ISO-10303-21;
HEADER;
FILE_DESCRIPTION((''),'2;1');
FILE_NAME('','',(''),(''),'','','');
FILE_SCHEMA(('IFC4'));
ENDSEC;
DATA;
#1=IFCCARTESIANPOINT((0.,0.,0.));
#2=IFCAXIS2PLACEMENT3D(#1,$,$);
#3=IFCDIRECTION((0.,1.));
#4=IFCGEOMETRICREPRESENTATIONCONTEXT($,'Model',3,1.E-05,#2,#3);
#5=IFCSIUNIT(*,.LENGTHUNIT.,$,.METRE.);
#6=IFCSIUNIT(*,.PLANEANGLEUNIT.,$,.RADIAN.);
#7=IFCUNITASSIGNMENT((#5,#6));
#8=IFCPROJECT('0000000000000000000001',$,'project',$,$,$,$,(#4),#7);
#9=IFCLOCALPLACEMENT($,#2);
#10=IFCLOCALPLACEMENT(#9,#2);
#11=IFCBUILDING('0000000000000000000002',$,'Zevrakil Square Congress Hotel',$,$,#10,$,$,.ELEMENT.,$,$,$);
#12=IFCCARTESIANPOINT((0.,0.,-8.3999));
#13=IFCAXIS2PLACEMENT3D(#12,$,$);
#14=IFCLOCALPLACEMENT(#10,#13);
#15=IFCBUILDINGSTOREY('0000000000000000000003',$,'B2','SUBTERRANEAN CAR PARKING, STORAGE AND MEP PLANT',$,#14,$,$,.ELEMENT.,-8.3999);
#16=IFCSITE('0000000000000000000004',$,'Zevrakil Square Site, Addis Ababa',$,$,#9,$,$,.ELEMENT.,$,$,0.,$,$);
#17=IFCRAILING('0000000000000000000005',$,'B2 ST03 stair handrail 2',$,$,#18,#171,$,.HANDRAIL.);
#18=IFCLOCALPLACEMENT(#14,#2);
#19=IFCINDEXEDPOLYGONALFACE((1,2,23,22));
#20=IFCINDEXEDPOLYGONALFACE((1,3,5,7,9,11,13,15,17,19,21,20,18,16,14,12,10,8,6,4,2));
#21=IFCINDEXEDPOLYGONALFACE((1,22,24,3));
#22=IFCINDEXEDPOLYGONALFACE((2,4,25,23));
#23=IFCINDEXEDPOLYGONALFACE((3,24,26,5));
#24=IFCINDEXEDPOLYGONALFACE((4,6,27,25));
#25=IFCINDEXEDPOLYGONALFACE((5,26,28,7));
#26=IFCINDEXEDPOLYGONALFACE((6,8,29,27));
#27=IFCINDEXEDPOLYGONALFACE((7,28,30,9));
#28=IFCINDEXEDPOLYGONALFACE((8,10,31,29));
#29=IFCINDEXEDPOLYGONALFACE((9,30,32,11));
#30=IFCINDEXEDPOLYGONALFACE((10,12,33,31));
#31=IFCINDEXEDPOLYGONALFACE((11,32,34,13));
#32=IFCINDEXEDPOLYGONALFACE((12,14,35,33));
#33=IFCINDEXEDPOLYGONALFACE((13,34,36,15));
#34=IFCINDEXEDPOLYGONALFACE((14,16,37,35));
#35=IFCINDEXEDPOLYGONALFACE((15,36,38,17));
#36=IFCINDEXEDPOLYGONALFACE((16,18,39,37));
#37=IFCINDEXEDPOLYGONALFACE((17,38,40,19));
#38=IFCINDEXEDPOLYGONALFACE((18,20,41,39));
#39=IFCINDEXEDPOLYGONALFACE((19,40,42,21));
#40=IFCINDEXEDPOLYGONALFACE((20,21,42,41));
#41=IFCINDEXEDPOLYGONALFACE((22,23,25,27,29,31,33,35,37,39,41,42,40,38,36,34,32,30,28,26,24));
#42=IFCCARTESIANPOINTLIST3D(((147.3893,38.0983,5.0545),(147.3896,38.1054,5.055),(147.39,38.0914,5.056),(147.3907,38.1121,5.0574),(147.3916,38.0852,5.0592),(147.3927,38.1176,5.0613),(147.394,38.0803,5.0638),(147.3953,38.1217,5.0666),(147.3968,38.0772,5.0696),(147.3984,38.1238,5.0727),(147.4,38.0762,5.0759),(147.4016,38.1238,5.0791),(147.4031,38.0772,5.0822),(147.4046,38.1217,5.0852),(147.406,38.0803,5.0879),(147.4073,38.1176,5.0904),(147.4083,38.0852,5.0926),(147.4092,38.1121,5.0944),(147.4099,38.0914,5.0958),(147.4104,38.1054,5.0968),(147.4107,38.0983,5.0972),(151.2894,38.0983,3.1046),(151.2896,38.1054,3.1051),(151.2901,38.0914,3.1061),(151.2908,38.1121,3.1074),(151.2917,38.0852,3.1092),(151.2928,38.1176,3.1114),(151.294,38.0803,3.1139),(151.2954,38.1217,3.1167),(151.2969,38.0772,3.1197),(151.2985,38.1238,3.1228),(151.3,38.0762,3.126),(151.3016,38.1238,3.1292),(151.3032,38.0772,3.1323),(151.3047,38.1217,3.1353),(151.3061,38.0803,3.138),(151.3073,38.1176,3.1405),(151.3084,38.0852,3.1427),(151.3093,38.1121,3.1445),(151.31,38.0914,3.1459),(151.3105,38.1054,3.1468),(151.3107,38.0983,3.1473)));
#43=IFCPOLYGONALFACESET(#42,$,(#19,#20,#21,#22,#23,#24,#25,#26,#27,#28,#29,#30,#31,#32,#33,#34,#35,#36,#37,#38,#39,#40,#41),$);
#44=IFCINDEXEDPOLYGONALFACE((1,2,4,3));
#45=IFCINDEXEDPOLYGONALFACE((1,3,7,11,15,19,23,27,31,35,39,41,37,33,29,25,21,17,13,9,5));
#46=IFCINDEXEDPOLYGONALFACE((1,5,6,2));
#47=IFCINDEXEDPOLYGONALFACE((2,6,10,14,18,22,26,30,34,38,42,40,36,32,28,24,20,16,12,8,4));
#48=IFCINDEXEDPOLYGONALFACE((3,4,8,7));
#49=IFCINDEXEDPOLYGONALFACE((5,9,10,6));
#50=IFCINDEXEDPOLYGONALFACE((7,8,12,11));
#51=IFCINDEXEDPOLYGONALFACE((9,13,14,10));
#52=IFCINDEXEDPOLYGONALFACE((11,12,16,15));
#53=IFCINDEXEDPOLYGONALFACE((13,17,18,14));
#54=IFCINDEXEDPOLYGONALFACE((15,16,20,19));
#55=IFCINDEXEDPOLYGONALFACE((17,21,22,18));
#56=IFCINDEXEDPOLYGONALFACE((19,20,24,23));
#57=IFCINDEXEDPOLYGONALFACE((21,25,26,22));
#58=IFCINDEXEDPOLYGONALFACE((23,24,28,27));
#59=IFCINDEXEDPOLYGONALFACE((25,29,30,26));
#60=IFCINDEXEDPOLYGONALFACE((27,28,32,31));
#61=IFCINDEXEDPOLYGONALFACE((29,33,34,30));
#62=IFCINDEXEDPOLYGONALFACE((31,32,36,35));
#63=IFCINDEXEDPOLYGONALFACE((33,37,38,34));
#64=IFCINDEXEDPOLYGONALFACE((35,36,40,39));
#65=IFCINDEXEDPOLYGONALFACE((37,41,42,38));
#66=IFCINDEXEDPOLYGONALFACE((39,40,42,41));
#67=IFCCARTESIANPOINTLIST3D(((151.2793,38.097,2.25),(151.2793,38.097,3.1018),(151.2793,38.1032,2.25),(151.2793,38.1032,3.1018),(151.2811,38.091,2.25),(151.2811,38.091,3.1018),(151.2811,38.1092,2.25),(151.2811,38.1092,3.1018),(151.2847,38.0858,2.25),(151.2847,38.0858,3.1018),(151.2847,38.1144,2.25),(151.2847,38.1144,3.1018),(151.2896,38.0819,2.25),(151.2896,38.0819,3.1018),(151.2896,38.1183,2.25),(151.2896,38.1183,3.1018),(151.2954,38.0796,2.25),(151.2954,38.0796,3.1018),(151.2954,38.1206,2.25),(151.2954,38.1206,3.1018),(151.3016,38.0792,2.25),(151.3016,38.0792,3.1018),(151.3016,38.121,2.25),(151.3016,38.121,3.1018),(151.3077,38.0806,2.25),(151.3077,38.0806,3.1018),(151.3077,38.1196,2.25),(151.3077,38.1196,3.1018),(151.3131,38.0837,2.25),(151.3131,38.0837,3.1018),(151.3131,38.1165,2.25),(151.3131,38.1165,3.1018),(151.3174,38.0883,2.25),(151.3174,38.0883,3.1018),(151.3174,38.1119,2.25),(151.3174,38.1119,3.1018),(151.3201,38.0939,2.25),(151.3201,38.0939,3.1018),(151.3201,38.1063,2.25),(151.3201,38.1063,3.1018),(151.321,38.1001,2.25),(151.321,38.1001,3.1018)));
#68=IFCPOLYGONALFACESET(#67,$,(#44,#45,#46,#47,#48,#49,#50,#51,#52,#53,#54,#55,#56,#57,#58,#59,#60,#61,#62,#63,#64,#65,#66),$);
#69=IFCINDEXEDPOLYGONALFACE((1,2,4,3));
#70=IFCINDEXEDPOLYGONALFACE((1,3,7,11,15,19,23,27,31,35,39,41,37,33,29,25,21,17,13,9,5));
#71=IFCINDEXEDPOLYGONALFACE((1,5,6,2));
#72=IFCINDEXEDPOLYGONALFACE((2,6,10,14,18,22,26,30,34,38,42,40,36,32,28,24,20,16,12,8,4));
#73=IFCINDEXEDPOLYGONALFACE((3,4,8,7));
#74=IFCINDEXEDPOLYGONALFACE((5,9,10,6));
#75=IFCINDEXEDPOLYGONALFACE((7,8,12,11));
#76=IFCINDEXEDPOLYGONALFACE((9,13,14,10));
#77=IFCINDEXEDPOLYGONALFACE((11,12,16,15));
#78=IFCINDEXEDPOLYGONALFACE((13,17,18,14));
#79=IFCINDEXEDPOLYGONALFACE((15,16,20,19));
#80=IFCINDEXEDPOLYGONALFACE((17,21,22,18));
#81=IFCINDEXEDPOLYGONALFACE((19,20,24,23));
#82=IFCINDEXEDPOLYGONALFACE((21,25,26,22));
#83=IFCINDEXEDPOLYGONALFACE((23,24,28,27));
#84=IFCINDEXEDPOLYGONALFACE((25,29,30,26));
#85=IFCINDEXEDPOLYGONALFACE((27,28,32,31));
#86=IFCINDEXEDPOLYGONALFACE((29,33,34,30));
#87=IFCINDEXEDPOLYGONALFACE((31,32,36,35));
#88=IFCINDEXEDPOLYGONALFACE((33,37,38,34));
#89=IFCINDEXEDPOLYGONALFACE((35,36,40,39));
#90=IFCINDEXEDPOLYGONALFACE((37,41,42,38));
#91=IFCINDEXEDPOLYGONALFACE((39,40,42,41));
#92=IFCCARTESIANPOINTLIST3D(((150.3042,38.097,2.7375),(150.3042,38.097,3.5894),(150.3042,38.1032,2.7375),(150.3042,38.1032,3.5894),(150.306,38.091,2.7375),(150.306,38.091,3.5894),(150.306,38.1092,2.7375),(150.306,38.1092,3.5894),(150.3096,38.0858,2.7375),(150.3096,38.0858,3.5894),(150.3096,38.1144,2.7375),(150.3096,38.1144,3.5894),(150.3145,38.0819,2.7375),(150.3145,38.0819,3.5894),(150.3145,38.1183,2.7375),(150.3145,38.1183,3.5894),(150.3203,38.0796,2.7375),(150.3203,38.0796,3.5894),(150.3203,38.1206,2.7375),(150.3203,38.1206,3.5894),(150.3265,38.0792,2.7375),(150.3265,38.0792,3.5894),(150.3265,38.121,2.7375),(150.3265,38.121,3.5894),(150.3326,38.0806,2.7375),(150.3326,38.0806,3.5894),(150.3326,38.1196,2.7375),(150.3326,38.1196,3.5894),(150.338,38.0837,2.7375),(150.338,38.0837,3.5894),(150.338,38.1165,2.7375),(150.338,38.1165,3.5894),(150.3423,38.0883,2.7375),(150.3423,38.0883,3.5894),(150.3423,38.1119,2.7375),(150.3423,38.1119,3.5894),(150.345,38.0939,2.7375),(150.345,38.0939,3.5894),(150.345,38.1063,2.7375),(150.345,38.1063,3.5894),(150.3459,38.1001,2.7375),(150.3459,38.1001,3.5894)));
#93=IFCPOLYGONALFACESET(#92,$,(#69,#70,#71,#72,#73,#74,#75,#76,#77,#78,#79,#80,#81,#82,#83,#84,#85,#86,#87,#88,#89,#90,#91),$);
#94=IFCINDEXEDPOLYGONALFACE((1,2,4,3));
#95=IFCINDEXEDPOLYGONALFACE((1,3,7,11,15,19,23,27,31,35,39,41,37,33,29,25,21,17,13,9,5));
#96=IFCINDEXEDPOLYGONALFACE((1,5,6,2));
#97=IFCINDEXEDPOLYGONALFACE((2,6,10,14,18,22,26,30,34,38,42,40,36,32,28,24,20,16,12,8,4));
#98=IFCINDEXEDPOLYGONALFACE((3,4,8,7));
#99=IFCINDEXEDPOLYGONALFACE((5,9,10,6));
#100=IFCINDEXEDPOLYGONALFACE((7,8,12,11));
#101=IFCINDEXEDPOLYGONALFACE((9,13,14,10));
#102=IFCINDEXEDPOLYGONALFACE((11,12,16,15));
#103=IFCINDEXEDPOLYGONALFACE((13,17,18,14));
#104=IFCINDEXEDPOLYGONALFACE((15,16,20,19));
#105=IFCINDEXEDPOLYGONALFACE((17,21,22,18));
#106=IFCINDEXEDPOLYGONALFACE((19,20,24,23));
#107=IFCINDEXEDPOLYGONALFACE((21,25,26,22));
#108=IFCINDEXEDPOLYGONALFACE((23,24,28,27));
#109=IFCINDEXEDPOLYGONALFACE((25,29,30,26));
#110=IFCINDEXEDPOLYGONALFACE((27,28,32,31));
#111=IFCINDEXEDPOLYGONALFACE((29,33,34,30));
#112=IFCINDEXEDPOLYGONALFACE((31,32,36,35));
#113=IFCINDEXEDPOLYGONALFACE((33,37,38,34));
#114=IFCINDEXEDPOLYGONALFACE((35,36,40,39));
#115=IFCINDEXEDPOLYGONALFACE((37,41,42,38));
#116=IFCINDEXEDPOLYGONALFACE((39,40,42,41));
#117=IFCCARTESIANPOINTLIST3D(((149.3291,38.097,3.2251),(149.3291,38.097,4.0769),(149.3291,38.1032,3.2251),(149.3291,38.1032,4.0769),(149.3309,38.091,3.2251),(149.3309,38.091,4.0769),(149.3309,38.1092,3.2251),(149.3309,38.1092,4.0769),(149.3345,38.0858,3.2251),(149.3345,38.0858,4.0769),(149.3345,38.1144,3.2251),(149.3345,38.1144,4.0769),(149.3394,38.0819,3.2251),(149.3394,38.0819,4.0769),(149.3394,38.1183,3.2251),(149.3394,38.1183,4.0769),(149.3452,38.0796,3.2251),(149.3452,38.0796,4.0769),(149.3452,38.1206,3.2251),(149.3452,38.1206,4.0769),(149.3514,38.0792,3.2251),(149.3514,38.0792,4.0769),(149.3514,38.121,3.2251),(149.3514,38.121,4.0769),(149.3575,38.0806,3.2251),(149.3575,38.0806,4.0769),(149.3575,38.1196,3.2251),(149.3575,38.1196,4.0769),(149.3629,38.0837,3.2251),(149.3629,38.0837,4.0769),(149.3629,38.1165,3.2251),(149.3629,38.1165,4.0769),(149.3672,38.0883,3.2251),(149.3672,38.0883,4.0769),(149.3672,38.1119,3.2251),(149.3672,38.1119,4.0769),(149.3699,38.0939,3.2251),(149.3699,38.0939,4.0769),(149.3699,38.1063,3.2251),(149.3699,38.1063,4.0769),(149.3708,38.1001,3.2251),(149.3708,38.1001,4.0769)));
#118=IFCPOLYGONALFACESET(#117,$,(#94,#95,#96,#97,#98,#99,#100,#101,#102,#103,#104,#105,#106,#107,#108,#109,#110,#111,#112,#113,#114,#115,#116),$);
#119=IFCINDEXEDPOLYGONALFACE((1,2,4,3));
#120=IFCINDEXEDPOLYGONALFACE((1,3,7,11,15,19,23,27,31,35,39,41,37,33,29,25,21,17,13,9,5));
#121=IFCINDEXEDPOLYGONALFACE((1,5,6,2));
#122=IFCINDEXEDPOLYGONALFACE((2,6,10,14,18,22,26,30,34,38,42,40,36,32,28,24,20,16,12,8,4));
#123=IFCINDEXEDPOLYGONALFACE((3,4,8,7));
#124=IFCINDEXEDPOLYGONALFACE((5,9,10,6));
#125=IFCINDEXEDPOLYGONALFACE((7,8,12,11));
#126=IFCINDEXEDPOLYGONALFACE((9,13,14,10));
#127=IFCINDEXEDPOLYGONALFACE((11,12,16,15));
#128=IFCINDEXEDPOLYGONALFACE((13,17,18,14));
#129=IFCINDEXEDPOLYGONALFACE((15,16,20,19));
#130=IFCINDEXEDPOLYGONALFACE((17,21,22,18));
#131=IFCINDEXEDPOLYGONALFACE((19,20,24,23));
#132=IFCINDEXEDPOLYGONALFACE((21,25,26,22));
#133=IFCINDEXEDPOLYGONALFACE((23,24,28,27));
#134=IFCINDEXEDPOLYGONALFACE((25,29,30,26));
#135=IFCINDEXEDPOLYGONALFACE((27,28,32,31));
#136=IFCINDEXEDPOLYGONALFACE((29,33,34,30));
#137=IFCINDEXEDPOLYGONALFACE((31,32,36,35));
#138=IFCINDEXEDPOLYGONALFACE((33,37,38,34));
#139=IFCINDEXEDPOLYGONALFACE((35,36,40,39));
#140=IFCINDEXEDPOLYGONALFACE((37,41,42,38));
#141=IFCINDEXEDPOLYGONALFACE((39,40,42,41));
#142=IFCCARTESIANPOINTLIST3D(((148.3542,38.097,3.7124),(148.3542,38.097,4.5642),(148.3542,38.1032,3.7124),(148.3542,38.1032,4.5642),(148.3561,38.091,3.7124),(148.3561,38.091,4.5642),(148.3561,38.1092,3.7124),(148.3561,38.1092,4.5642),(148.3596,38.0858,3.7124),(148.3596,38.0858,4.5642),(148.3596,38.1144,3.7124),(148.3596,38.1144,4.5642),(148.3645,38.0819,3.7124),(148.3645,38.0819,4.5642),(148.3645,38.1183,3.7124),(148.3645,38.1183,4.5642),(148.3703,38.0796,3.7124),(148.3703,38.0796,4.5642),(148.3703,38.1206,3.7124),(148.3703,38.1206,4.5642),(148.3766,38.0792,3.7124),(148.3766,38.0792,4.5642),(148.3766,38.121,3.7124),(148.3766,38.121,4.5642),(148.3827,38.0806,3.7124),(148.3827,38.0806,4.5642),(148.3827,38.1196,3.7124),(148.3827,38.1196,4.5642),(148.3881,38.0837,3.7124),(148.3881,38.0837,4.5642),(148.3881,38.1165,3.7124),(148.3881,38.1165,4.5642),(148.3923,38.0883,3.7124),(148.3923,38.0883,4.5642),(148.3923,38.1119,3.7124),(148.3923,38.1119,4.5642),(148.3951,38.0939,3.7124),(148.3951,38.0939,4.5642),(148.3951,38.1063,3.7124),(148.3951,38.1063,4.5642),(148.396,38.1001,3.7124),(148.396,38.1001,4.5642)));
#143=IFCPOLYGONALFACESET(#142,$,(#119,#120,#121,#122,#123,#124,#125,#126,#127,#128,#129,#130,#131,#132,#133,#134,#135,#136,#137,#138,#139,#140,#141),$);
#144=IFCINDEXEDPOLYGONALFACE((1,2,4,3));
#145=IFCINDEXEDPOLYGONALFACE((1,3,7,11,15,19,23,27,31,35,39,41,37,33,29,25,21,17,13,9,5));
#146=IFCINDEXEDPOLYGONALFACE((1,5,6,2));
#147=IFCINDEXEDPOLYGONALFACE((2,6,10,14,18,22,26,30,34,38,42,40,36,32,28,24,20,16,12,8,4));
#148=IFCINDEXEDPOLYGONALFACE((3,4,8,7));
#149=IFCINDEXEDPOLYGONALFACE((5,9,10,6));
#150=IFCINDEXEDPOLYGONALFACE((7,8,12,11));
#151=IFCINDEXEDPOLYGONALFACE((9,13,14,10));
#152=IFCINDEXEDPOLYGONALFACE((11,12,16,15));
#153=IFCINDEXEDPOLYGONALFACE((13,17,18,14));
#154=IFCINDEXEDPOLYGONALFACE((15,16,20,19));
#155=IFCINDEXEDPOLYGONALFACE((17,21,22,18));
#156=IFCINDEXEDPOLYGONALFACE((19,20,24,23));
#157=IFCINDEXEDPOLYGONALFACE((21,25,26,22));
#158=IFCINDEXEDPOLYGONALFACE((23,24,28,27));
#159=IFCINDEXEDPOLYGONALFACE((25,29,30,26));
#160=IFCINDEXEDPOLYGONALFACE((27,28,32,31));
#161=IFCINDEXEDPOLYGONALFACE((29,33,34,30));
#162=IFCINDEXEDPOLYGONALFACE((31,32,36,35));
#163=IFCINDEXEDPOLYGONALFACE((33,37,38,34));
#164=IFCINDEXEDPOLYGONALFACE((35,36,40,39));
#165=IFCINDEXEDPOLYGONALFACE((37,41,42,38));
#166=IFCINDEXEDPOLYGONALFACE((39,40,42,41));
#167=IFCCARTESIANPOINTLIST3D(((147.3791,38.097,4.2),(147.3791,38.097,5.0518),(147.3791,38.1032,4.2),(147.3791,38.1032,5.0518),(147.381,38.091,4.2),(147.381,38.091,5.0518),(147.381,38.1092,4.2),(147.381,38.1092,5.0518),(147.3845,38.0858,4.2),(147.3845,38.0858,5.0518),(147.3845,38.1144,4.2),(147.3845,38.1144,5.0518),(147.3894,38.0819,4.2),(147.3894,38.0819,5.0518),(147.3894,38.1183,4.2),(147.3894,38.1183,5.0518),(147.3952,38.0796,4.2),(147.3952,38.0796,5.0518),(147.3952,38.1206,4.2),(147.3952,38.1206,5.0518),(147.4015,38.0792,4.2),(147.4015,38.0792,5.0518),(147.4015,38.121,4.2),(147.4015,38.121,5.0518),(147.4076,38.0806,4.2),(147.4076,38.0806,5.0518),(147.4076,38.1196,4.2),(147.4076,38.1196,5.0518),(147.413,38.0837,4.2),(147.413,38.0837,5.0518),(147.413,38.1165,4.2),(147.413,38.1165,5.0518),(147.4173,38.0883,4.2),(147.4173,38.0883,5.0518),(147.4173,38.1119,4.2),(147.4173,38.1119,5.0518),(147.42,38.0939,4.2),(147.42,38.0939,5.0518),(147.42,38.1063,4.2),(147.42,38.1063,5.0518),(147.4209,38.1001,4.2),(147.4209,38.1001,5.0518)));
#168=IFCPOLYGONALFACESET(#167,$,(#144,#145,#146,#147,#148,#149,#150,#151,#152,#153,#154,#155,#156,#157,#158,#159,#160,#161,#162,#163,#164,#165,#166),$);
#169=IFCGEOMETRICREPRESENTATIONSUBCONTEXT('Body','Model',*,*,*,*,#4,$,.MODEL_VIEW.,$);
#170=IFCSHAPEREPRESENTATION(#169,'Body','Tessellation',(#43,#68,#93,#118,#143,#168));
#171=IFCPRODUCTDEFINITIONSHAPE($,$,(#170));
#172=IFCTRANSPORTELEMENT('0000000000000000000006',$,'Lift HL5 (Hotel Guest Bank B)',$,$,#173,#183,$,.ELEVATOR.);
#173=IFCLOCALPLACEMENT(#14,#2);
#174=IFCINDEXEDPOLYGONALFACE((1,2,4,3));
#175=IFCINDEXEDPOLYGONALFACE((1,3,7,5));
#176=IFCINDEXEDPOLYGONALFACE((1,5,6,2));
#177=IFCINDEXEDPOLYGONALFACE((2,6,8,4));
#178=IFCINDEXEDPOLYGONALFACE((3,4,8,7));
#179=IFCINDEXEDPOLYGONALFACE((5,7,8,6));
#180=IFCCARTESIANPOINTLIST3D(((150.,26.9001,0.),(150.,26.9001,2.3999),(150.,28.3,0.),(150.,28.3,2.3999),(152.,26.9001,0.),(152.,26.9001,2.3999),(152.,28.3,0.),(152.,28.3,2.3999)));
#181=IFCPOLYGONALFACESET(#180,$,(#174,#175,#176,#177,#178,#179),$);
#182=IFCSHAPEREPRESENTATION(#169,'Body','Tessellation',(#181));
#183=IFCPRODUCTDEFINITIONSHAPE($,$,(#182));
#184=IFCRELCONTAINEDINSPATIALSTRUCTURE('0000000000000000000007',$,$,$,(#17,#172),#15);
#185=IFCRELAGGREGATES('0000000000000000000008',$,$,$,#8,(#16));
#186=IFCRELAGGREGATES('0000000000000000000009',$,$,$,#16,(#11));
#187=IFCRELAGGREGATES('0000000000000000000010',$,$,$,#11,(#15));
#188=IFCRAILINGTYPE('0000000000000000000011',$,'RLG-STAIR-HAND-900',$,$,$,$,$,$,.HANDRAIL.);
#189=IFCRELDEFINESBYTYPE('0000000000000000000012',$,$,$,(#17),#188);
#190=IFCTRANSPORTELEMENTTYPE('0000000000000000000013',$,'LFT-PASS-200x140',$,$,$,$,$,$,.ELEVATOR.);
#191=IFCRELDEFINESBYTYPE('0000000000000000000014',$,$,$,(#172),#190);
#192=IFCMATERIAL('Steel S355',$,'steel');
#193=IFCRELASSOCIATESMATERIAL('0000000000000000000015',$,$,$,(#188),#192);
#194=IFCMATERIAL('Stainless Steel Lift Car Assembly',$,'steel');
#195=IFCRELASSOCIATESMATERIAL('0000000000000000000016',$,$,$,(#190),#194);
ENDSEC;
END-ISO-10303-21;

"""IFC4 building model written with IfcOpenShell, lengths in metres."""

from ifc_helpers import new_model, si_unit, direction, frame, origin, origin_2d, place, context, subcontext, project, spatial, rectangle, circle, extrude, material, type_object, element, save


model = new_model("IFC4")

# Units and contexts
model_context = context("Model", 3, precision=1e-05, world=origin(), true_north=direction((0.0, 1.0)))
body_context = subcontext(model_context, "Body", "Model", "MODEL_VIEW")
ifc_project = project(units=[si_unit("LENGTHUNIT", "METRE"), si_unit("PLANEANGLEUNIT", "RADIAN")], contexts=[model_context])

# Site, building, storey
site_placement = place(None, origin())
site = spatial("IfcSite", under=ifc_project, at=site_placement, Name="Zevrakil Square Site, Addis Ababa", CompositionType="ELEMENT", RefElevation=0.0)
building_placement = place(site_placement, origin())
building = spatial("IfcBuilding", under=site, at=building_placement, Name="Zevrakil Square Congress Hotel", CompositionType="ELEMENT")
storey_placement = place(building_placement, frame((0.0, 0.0, -8.3999)))
storey = spatial("IfcBuildingStorey", under=building, at=storey_placement, Name="B2", Description="SUBTERRANEAN CAR PARKING, STORAGE AND MEP PLANT", CompositionType="ELEMENT", Elevation=-8.3999)

# Railing
ifc_material_1 = material(Name="Steel S355", Category="steel")
railing_type_1 = type_object("IfcRailingType", Name="RLG-STAIR-HAND-900", PredefinedType="HANDRAIL", material=ifc_material_1)
railing_1_placement = place(storey_placement, frame((151.3, 38.1001, 2.25)))
element("IfcRailing", 1, at=railing_1_placement, inside=storey, type_object=railing_type_1, Name="B2 ST03 stair handrail 2", PredefinedType="HANDRAIL", context=body_context, shape_type="SweptSolid", body=[
    extrude(circle(Radius=0.0239, at=origin_2d()), frame((0.0, 0.0, 0.876), z_axis=(-0.894438, 0.0, 0.447191), x_axis=(0.0, -1.0, 0.0)), (0.0, 0.0, 1.0), 4.3604),
    extrude(circle(Radius=0.021, at=origin_2d()), origin(), (0.0, 0.0, 1.0), 0.8518),
    extrude(circle(Radius=0.021, at=origin_2d()), frame((-0.9751, 0.0, 0.4875)), (0.0, 0.0, 1.0), 0.8518),
    extrude(circle(Radius=0.021, at=origin_2d()), frame((-1.9502, 0.0, 0.9751)), (0.0, 0.0, 1.0), 0.8518),
    extrude(circle(Radius=0.021, at=origin_2d()), frame((-2.925, 0.0, 1.4624)), (0.0, 0.0, 1.0), 0.8518),
    extrude(circle(Radius=0.021, at=origin_2d()), frame((-3.9001, 0.0, 1.95)), (0.0, 0.0, 1.0), 0.8518),
])

# Transport element
ifc_material_2 = material(Name="Stainless Steel Lift Car Assembly", Category="steel")
transport_element_type = type_object("IfcTransportElementType", Name="LFT-PASS-200x140", PredefinedType="ELEVATOR", material=ifc_material_2)
transport_element_placement = place(storey_placement, frame((151.0, 27.6001, 0.0), z_axis=(0.0, 0.0, 1.0), x_axis=(1.0, 0.0, 0.0)))
element("IfcTransportElement", 2, at=transport_element_placement, inside=storey, type_object=transport_element_type, Name="Lift HL5 (Hotel Guest Bank B)", PredefinedType="ELEVATOR", context=body_context, shape_type="SweptSolid", body=[
    extrude(rectangle(XDim=2.0, YDim=1.3999, at=origin_2d()), origin(), (0.0, 0.0, 1.0), 2.3999),
])

save(model, "model.ifc")
